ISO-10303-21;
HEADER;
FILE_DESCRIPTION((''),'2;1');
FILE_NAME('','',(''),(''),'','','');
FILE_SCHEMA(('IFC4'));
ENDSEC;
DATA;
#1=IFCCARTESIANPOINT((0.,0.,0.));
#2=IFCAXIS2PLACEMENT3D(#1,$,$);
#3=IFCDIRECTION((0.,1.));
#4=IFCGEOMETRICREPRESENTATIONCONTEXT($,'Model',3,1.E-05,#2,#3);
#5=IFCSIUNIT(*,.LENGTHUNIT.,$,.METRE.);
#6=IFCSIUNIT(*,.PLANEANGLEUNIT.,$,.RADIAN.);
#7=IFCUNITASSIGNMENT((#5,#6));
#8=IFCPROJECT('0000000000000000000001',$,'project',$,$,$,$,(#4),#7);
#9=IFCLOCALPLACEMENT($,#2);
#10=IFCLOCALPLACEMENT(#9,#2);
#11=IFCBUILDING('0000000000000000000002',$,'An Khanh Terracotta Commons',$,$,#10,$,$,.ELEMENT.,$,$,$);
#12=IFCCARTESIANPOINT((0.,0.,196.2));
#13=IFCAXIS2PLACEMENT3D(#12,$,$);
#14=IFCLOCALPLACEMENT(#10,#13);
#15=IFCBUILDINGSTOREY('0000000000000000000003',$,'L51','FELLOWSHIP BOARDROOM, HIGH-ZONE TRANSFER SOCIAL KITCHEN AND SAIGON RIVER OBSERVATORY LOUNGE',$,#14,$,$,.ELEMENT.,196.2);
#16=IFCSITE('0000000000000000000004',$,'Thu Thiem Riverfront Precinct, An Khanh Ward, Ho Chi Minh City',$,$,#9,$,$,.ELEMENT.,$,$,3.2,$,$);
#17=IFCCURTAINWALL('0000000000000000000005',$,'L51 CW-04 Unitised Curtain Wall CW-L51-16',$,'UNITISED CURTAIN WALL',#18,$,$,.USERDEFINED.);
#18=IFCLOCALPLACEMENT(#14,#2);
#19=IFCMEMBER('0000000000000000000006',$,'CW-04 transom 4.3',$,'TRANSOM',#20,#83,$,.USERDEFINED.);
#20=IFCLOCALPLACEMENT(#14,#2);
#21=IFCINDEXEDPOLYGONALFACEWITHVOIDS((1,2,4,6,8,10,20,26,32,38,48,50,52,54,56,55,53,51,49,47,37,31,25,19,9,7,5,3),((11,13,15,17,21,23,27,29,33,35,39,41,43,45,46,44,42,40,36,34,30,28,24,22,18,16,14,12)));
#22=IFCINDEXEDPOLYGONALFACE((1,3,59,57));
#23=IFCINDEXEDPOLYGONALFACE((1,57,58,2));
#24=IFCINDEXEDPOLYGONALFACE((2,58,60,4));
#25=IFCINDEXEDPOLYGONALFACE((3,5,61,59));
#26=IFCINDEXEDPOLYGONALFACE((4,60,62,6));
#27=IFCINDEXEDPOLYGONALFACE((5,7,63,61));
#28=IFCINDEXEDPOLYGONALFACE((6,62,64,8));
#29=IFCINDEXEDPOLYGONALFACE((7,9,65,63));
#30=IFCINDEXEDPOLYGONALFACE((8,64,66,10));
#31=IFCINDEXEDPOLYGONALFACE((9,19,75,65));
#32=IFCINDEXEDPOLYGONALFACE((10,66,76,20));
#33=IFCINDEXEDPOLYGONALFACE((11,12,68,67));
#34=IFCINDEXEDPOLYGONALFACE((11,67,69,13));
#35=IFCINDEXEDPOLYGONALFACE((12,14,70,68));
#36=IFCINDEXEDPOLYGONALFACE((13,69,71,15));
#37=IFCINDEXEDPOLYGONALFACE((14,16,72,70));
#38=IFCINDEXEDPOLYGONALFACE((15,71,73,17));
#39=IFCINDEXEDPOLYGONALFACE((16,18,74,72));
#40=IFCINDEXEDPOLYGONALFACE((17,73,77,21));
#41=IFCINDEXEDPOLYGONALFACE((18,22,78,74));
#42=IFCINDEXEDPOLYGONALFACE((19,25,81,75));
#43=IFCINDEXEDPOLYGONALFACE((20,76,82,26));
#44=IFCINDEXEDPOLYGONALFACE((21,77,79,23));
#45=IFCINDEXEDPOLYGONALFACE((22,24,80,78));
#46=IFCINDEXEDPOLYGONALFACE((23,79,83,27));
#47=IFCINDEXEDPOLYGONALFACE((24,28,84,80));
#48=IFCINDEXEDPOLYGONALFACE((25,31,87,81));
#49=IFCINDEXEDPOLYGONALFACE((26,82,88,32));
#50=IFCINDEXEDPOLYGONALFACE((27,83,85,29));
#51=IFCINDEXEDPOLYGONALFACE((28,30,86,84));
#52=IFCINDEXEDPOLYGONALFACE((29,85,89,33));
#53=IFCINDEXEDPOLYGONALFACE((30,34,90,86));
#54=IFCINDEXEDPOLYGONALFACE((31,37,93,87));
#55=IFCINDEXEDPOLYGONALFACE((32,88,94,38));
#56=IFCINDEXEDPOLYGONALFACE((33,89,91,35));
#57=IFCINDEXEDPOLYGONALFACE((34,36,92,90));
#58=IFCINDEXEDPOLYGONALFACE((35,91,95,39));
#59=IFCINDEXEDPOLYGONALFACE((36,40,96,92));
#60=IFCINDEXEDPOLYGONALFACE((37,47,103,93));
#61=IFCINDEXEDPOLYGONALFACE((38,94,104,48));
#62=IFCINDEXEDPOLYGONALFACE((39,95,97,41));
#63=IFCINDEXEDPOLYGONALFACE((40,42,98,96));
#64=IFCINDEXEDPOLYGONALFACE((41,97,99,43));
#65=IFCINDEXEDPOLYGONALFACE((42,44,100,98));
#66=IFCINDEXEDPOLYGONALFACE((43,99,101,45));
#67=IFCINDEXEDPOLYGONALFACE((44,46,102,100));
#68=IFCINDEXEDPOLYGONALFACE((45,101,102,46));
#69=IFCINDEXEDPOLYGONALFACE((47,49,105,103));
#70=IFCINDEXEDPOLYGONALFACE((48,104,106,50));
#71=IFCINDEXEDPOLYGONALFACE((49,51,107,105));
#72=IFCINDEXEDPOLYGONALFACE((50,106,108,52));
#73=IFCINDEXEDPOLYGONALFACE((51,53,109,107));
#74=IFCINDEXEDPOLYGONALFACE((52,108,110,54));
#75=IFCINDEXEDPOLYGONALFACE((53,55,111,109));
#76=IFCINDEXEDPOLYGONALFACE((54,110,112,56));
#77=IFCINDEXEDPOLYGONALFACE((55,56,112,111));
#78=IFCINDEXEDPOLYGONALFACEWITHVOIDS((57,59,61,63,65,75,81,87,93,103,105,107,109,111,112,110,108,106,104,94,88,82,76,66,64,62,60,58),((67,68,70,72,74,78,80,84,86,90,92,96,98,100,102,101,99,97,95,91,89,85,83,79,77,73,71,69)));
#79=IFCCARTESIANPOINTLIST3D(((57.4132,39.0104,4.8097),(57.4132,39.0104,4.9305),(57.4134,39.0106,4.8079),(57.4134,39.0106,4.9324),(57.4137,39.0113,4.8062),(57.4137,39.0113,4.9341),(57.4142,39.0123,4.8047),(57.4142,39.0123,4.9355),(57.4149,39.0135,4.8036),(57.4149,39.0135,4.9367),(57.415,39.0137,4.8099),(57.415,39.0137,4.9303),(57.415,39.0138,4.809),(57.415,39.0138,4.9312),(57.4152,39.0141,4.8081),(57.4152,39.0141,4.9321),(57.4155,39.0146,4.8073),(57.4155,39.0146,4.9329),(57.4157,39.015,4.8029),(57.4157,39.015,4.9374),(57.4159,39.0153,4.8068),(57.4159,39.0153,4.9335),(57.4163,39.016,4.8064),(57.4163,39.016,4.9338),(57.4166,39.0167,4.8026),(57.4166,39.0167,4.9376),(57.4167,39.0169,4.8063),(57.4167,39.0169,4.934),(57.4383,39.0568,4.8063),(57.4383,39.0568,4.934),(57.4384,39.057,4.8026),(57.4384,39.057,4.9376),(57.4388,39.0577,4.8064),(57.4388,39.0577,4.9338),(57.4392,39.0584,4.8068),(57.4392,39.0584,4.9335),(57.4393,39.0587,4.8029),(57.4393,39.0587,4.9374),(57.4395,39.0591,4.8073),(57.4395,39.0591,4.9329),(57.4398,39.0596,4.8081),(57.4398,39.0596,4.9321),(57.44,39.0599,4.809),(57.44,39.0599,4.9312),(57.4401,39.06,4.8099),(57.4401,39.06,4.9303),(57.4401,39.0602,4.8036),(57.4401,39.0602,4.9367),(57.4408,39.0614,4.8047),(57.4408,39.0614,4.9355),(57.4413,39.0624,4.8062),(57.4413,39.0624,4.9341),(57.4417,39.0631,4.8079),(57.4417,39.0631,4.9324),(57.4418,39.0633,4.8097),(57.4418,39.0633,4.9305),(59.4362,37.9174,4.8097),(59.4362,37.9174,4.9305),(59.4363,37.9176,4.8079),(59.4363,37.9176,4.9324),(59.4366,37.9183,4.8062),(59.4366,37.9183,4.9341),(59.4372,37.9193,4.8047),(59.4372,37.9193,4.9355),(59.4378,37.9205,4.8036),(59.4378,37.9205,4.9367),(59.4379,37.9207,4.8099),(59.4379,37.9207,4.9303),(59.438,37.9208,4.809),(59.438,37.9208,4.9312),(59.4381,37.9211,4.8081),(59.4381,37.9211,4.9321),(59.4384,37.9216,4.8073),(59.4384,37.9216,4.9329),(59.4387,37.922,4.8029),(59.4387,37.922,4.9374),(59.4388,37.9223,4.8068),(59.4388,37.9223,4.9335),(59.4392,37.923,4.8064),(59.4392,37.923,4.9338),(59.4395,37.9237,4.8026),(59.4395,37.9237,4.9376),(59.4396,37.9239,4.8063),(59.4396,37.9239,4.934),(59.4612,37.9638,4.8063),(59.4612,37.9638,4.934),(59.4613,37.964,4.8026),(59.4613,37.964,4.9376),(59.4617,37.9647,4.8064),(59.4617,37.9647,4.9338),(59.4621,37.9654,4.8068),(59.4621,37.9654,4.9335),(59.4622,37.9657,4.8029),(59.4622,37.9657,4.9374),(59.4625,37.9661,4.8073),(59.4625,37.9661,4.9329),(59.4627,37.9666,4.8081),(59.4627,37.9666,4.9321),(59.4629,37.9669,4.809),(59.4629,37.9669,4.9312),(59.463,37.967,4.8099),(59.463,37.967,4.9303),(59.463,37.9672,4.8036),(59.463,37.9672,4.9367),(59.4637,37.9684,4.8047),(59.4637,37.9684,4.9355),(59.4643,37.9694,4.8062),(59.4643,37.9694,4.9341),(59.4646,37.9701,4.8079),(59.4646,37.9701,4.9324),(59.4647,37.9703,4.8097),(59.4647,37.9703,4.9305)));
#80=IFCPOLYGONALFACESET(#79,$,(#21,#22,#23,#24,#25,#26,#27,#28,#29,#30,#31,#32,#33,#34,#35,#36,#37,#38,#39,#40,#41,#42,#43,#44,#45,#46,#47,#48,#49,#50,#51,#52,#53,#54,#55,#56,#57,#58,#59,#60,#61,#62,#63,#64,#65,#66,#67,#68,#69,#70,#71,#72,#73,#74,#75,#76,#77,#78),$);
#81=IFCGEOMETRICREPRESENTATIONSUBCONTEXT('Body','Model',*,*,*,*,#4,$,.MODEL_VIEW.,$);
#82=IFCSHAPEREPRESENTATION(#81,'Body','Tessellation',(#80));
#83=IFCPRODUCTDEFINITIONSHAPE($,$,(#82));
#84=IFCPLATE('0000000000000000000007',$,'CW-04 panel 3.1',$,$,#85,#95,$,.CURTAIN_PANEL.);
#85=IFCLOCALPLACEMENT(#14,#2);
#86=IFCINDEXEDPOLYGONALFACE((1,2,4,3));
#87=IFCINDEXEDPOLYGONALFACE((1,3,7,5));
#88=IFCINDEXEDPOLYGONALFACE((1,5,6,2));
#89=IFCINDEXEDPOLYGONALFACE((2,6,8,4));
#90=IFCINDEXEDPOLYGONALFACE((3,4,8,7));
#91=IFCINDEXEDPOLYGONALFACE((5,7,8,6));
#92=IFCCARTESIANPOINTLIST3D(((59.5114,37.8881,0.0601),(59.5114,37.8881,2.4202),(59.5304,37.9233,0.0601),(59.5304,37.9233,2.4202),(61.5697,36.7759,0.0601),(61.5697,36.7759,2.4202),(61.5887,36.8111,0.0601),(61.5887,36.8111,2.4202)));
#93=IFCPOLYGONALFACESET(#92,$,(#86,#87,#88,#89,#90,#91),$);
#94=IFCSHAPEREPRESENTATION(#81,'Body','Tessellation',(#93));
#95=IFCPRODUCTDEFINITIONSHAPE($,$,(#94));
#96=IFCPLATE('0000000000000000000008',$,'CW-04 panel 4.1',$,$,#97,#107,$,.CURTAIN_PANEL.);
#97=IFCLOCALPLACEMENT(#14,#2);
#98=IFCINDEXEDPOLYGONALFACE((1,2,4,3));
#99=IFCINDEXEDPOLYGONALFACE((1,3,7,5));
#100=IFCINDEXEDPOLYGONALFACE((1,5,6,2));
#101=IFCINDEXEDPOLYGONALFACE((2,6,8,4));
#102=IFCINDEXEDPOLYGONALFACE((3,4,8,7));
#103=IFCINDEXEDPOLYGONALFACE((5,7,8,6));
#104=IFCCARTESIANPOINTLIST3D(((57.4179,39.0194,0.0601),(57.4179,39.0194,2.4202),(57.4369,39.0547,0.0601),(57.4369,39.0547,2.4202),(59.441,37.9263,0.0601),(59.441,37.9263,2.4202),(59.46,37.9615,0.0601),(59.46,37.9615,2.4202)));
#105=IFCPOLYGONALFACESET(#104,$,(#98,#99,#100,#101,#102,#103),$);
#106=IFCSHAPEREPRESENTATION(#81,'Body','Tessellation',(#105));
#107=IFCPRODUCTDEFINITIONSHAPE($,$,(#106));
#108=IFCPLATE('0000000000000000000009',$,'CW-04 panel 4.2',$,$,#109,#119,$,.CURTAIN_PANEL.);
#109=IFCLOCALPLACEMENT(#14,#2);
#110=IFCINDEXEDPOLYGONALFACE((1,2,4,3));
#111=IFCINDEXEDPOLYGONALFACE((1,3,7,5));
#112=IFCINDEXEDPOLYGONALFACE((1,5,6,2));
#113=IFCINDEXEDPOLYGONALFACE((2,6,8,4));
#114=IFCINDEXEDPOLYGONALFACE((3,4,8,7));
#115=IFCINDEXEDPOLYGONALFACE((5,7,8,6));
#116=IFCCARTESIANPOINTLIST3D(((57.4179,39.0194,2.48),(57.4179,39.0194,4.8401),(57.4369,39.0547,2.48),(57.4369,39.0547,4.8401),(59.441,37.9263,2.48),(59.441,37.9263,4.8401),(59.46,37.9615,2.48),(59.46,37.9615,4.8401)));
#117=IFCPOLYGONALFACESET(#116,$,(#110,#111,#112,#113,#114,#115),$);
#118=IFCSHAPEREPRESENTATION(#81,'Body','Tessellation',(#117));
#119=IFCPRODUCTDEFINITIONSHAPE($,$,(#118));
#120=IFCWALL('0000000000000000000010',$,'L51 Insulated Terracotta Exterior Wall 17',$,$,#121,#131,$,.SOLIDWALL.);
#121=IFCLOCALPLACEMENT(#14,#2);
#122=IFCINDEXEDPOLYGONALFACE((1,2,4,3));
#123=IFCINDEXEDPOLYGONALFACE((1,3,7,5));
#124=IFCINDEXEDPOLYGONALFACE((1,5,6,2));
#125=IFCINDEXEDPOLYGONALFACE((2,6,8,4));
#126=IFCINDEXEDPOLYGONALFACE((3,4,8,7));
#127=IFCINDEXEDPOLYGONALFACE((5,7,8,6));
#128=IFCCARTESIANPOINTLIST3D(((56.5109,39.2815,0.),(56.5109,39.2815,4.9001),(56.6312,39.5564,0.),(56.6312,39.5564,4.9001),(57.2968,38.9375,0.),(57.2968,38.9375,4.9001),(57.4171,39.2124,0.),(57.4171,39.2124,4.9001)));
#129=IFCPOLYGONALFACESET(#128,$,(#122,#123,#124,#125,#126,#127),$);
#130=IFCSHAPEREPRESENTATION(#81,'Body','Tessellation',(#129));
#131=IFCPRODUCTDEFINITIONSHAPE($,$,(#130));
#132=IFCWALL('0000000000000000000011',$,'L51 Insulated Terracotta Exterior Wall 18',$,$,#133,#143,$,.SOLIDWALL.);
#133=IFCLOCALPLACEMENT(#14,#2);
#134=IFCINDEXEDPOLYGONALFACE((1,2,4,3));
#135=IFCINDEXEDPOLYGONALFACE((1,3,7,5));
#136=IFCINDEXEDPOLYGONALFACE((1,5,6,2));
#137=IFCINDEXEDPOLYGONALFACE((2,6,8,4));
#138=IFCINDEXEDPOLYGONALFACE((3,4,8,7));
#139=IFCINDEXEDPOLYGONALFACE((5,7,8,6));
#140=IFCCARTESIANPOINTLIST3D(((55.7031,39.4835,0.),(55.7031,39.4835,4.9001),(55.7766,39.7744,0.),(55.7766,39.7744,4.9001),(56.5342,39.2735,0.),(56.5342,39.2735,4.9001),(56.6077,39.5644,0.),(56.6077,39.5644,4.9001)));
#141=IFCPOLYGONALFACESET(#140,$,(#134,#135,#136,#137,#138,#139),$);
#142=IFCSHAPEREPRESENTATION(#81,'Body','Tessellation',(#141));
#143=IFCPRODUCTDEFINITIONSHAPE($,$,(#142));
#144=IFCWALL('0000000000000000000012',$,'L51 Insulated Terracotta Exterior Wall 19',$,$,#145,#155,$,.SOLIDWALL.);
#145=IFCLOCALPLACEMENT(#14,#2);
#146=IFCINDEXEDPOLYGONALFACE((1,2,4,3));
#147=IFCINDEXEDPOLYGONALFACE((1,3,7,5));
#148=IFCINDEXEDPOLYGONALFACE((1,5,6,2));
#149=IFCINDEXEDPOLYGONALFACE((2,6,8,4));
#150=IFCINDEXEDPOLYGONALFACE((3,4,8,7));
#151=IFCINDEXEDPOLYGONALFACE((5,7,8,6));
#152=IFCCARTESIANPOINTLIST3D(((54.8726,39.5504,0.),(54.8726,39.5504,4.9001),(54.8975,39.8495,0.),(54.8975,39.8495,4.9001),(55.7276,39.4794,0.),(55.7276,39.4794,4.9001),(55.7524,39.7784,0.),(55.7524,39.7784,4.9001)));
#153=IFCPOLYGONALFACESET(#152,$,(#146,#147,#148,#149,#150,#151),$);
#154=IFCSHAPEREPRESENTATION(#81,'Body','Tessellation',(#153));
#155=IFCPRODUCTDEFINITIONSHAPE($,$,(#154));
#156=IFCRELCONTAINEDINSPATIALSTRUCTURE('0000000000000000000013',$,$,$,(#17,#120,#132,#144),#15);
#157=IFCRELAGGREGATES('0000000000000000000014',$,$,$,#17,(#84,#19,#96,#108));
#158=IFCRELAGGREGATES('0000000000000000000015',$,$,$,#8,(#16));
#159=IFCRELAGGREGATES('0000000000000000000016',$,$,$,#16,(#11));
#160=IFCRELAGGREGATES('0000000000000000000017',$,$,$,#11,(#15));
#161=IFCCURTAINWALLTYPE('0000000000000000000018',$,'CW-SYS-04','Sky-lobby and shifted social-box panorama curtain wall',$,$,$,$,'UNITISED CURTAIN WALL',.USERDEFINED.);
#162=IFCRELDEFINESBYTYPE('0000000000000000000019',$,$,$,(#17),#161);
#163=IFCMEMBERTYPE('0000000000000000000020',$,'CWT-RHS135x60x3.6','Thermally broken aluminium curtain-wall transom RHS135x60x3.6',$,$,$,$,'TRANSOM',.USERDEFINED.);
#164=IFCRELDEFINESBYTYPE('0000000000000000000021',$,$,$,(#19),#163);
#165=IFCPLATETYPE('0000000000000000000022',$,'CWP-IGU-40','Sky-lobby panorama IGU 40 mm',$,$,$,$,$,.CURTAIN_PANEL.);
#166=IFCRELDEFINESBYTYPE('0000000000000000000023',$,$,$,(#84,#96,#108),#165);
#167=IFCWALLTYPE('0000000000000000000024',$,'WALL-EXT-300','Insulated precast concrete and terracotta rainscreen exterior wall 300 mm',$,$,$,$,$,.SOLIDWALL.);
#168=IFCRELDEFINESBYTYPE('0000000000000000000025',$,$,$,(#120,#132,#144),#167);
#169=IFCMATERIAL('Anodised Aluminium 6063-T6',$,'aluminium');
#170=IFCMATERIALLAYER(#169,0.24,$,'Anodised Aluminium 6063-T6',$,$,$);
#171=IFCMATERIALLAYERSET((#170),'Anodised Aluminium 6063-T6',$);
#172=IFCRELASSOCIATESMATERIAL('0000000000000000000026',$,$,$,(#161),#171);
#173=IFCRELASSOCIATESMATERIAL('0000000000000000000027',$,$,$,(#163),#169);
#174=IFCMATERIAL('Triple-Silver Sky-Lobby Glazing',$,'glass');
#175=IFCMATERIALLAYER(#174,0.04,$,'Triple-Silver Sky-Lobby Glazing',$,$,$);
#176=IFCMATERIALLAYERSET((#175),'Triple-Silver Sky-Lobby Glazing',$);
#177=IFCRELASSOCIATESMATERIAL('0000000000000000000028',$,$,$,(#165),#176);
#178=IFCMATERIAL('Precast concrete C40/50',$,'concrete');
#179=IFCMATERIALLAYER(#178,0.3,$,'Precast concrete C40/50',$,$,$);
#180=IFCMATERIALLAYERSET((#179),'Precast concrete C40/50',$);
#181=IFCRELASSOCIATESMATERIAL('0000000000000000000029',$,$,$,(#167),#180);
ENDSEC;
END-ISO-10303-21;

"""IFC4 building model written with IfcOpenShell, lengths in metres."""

from ifc_helpers import new_model, si_unit, direction, frame, frame_2d, origin, origin_2d, place, context, subcontext, project, spatial, rectangle, hollow_rectangle, extrude, material, layer, layer_set, material_profile, profile_set, type_object, element, aggregate, save


model = new_model("IFC4")

# Units and contexts
model_context = context("Model", 3, precision=1e-05, world=origin(), true_north=direction((0.0, 1.0)))
body_context = subcontext(model_context, "Body", "Model", "MODEL_VIEW")
ifc_project = project(units=[si_unit("LENGTHUNIT", "METRE"), si_unit("PLANEANGLEUNIT", "RADIAN")], contexts=[model_context])

# Site, building, storey
site_placement = place(None, origin())
site = spatial("IfcSite", under=ifc_project, at=site_placement, Name="Thu Thiem Riverfront Precinct, An Khanh Ward, Ho Chi Minh City", CompositionType="ELEMENT", RefElevation=3.2)
building_placement = place(site_placement, origin())
building = spatial("IfcBuilding", under=site, at=building_placement, Name="An Khanh Terracotta Commons", CompositionType="ELEMENT")
storey_placement = place(building_placement, frame((0.0, 0.0, 196.2)))
storey = spatial("IfcBuildingStorey", under=building, at=storey_placement, Name="L51", Description="FELLOWSHIP BOARDROOM, HIGH-ZONE TRANSFER SOCIAL KITCHEN AND SAIGON RIVER OBSERVATORY LOUNGE", CompositionType="ELEMENT", Elevation=196.2)

# Curtain wall, member, plates
ifc_material_1 = material(Name="Anodised Aluminium 6063-T6", Category="aluminium")
ifc_layer_1 = layer(ifc_material_1, 0.24, Name="Anodised Aluminium 6063-T6")
ifc_layer_set_1 = layer_set([ifc_layer_1], Name="Anodised Aluminium 6063-T6")
curtain_wall_type = type_object("IfcCurtainWallType", Name="CW-SYS-04", Description="Sky-lobby and shifted social-box panorama curtain wall", ElementType="UNITISED CURTAIN WALL", PredefinedType="USERDEFINED", material=ifc_layer_set_1)
curtain_wall_placement = place(storey_placement, origin())
curtain_wall = element("IfcCurtainWall", 1, at=curtain_wall_placement, inside=storey, type_object=curtain_wall_type, Name="L51 CW-04 Unitised Curtain Wall CW-L51-16", ObjectType="UNITISED CURTAIN WALL", PredefinedType="USERDEFINED")
ifc_material_profile_1 = material_profile(ifc_material_1, hollow_rectangle(XDim=0.0601, YDim=0.135, WallThickness=0.0037, InnerFilletRadius=0.0037, OuterFilletRadius=0.0071, at=origin_2d()), Name="RHS135x60x3.6")
ifc_profile_set_1 = profile_set([ifc_material_profile_1], Name="Anodised Aluminium 6063-T6")
member_type_1 = type_object("IfcMemberType", Name="CWT-RHS135x60x3.6", Description="Thermally broken aluminium curtain-wall transom RHS135x60x3.6", ElementType="TRANSOM", PredefinedType="USERDEFINED", material=ifc_profile_set_1)
member_1_placement = place(storey_placement, frame((59.4504, 37.9438, 4.8701), z_axis=(-0.879792, 0.475359, 0.0), x_axis=(-0.475359, -0.879792, 0.0)))
member_1 = element("IfcMember", 2, at=member_1_placement, type_object=member_type_1, Name="CW-04 transom 4.3", ObjectType="TRANSOM", PredefinedType="USERDEFINED", context=body_context, shape_type="SweptSolid", body=[
    extrude(hollow_rectangle(XDim=0.0601, YDim=0.135, WallThickness=0.0037, InnerFilletRadius=0.0037, OuterFilletRadius=0.0071, at=origin_2d()), origin(), (0.0, 0.0, 1.0), 2.2993),
])
ifc_material_2 = material(Name="Triple-Silver Sky-Lobby Glazing", Category="glass")
ifc_layer_2 = layer(ifc_material_2, 0.04, Name="Triple-Silver Sky-Lobby Glazing")
ifc_layer_set_2 = layer_set([ifc_layer_2], Name="Triple-Silver Sky-Lobby Glazing")
plate_type = type_object("IfcPlateType", Name="CWP-IGU-40", Description="Sky-lobby panorama IGU 40 mm", PredefinedType="CURTAIN_PANEL", material=ifc_layer_set_2)
plate_1_placement = place(storey_placement, frame((60.55, 37.3496, 0.0601), z_axis=(0.0, 0.0, 1.0), x_axis=(-0.87978, 0.475381, 0.0)))
plate_1 = element("IfcPlate", 3, at=plate_1_placement, type_object=plate_type, Name="CW-04 panel 3.1", PredefinedType="CURTAIN_PANEL", context=body_context, shape_type="SweptSolid", body=[
    extrude(rectangle(XDim=2.3396, YDim=0.04, at=origin_2d()), origin(), (0.0, 0.0, 1.0), 2.3601),
])
plate_2_placement = place(storey_placement, frame((58.439, 38.4905, 0.0601), z_axis=(0.0, 0.0, 1.0), x_axis=(-0.87978, 0.475381, 0.0)))
plate_2 = element("IfcPlate", 4, at=plate_2_placement, type_object=plate_type, Name="CW-04 panel 4.1", PredefinedType="CURTAIN_PANEL", context=body_context, shape_type="SweptSolid", body=[
    extrude(rectangle(XDim=2.2996, YDim=0.04, at=origin_2d()), origin(), (0.0, 0.0, 1.0), 2.3601),
])
plate_3_placement = place(storey_placement, frame((58.439, 38.4905, 2.48), z_axis=(0.0, 0.0, 1.0), x_axis=(-0.87978, 0.475381, 0.0)))
plate_3 = element("IfcPlate", 5, at=plate_3_placement, type_object=plate_type, Name="CW-04 panel 4.2", PredefinedType="CURTAIN_PANEL", context=body_context, shape_type="SweptSolid", body=[
    extrude(rectangle(XDim=2.2996, YDim=0.04, at=origin_2d()), origin(), (0.0, 0.0, 1.0), 2.3601),
])
aggregate(curtain_wall, [plate_1, member_1, plate_2, plate_3])

# Walls
ifc_material_3 = material(Name="Precast concrete C40/50", Category="concrete")
ifc_layer_3 = layer(ifc_material_3, 0.3, Name="Precast concrete C40/50")
ifc_layer_set_3 = layer_set([ifc_layer_3], Name="Precast concrete C40/50")
wall_type = type_object("IfcWallType", Name="WALL-EXT-300", Description="Insulated precast concrete and terracotta rainscreen exterior wall 300 mm", PredefinedType="SOLIDWALL", material=ifc_layer_set_3)
wall_1_placement = place(storey_placement, frame((57.3569, 39.075, 0.0), z_axis=(0.0, 0.0, 1.0), x_axis=(-0.916085, 0.400983, 0.0)))
element("IfcWall", 6, at=wall_1_placement, inside=storey, type_object=wall_type, Name="L51 Insulated Terracotta Exterior Wall 17", PredefinedType="SOLIDWALL", context=body_context, shape_type="SweptSolid", body=[
    extrude(rectangle(XDim=0.8579, YDim=0.3, at=frame_2d((0.429, 0.0))), origin(), (0.0, 0.0, 1.0), 4.9001),
])
wall_2_placement = place(storey_placement, frame((56.571, 39.4189, 0.0), z_axis=(0.0, 0.0, 1.0), x_axis=(-0.969536, 0.244947, 0.0)))
element("IfcWall", 7, at=wall_2_placement, inside=storey, type_object=wall_type, Name="L51 Insulated Terracotta Exterior Wall 18", PredefinedType="SOLIDWALL", context=body_context, shape_type="SweptSolid", body=[
    extrude(rectangle(XDim=0.8572, YDim=0.3, at=frame_2d((0.4287, 0.0))), origin(), (0.0, 0.0, 1.0), 4.9001),
])
wall_3_placement = place(storey_placement, frame((55.74, 39.6289, 0.0), z_axis=(0.0, 0.0, 1.0), x_axis=(-0.996565, 0.08281, 0.0)))
element("IfcWall", 8, at=wall_3_placement, inside=storey, type_object=wall_type, Name="L51 Insulated Terracotta Exterior Wall 19", PredefinedType="SOLIDWALL", context=body_context, shape_type="SweptSolid", body=[
    extrude(rectangle(XDim=0.8579, YDim=0.3, at=frame_2d((0.429, 0.0))), origin(), (0.0, 0.0, 1.0), 4.9001),
])

save(model, "model.ifc")
